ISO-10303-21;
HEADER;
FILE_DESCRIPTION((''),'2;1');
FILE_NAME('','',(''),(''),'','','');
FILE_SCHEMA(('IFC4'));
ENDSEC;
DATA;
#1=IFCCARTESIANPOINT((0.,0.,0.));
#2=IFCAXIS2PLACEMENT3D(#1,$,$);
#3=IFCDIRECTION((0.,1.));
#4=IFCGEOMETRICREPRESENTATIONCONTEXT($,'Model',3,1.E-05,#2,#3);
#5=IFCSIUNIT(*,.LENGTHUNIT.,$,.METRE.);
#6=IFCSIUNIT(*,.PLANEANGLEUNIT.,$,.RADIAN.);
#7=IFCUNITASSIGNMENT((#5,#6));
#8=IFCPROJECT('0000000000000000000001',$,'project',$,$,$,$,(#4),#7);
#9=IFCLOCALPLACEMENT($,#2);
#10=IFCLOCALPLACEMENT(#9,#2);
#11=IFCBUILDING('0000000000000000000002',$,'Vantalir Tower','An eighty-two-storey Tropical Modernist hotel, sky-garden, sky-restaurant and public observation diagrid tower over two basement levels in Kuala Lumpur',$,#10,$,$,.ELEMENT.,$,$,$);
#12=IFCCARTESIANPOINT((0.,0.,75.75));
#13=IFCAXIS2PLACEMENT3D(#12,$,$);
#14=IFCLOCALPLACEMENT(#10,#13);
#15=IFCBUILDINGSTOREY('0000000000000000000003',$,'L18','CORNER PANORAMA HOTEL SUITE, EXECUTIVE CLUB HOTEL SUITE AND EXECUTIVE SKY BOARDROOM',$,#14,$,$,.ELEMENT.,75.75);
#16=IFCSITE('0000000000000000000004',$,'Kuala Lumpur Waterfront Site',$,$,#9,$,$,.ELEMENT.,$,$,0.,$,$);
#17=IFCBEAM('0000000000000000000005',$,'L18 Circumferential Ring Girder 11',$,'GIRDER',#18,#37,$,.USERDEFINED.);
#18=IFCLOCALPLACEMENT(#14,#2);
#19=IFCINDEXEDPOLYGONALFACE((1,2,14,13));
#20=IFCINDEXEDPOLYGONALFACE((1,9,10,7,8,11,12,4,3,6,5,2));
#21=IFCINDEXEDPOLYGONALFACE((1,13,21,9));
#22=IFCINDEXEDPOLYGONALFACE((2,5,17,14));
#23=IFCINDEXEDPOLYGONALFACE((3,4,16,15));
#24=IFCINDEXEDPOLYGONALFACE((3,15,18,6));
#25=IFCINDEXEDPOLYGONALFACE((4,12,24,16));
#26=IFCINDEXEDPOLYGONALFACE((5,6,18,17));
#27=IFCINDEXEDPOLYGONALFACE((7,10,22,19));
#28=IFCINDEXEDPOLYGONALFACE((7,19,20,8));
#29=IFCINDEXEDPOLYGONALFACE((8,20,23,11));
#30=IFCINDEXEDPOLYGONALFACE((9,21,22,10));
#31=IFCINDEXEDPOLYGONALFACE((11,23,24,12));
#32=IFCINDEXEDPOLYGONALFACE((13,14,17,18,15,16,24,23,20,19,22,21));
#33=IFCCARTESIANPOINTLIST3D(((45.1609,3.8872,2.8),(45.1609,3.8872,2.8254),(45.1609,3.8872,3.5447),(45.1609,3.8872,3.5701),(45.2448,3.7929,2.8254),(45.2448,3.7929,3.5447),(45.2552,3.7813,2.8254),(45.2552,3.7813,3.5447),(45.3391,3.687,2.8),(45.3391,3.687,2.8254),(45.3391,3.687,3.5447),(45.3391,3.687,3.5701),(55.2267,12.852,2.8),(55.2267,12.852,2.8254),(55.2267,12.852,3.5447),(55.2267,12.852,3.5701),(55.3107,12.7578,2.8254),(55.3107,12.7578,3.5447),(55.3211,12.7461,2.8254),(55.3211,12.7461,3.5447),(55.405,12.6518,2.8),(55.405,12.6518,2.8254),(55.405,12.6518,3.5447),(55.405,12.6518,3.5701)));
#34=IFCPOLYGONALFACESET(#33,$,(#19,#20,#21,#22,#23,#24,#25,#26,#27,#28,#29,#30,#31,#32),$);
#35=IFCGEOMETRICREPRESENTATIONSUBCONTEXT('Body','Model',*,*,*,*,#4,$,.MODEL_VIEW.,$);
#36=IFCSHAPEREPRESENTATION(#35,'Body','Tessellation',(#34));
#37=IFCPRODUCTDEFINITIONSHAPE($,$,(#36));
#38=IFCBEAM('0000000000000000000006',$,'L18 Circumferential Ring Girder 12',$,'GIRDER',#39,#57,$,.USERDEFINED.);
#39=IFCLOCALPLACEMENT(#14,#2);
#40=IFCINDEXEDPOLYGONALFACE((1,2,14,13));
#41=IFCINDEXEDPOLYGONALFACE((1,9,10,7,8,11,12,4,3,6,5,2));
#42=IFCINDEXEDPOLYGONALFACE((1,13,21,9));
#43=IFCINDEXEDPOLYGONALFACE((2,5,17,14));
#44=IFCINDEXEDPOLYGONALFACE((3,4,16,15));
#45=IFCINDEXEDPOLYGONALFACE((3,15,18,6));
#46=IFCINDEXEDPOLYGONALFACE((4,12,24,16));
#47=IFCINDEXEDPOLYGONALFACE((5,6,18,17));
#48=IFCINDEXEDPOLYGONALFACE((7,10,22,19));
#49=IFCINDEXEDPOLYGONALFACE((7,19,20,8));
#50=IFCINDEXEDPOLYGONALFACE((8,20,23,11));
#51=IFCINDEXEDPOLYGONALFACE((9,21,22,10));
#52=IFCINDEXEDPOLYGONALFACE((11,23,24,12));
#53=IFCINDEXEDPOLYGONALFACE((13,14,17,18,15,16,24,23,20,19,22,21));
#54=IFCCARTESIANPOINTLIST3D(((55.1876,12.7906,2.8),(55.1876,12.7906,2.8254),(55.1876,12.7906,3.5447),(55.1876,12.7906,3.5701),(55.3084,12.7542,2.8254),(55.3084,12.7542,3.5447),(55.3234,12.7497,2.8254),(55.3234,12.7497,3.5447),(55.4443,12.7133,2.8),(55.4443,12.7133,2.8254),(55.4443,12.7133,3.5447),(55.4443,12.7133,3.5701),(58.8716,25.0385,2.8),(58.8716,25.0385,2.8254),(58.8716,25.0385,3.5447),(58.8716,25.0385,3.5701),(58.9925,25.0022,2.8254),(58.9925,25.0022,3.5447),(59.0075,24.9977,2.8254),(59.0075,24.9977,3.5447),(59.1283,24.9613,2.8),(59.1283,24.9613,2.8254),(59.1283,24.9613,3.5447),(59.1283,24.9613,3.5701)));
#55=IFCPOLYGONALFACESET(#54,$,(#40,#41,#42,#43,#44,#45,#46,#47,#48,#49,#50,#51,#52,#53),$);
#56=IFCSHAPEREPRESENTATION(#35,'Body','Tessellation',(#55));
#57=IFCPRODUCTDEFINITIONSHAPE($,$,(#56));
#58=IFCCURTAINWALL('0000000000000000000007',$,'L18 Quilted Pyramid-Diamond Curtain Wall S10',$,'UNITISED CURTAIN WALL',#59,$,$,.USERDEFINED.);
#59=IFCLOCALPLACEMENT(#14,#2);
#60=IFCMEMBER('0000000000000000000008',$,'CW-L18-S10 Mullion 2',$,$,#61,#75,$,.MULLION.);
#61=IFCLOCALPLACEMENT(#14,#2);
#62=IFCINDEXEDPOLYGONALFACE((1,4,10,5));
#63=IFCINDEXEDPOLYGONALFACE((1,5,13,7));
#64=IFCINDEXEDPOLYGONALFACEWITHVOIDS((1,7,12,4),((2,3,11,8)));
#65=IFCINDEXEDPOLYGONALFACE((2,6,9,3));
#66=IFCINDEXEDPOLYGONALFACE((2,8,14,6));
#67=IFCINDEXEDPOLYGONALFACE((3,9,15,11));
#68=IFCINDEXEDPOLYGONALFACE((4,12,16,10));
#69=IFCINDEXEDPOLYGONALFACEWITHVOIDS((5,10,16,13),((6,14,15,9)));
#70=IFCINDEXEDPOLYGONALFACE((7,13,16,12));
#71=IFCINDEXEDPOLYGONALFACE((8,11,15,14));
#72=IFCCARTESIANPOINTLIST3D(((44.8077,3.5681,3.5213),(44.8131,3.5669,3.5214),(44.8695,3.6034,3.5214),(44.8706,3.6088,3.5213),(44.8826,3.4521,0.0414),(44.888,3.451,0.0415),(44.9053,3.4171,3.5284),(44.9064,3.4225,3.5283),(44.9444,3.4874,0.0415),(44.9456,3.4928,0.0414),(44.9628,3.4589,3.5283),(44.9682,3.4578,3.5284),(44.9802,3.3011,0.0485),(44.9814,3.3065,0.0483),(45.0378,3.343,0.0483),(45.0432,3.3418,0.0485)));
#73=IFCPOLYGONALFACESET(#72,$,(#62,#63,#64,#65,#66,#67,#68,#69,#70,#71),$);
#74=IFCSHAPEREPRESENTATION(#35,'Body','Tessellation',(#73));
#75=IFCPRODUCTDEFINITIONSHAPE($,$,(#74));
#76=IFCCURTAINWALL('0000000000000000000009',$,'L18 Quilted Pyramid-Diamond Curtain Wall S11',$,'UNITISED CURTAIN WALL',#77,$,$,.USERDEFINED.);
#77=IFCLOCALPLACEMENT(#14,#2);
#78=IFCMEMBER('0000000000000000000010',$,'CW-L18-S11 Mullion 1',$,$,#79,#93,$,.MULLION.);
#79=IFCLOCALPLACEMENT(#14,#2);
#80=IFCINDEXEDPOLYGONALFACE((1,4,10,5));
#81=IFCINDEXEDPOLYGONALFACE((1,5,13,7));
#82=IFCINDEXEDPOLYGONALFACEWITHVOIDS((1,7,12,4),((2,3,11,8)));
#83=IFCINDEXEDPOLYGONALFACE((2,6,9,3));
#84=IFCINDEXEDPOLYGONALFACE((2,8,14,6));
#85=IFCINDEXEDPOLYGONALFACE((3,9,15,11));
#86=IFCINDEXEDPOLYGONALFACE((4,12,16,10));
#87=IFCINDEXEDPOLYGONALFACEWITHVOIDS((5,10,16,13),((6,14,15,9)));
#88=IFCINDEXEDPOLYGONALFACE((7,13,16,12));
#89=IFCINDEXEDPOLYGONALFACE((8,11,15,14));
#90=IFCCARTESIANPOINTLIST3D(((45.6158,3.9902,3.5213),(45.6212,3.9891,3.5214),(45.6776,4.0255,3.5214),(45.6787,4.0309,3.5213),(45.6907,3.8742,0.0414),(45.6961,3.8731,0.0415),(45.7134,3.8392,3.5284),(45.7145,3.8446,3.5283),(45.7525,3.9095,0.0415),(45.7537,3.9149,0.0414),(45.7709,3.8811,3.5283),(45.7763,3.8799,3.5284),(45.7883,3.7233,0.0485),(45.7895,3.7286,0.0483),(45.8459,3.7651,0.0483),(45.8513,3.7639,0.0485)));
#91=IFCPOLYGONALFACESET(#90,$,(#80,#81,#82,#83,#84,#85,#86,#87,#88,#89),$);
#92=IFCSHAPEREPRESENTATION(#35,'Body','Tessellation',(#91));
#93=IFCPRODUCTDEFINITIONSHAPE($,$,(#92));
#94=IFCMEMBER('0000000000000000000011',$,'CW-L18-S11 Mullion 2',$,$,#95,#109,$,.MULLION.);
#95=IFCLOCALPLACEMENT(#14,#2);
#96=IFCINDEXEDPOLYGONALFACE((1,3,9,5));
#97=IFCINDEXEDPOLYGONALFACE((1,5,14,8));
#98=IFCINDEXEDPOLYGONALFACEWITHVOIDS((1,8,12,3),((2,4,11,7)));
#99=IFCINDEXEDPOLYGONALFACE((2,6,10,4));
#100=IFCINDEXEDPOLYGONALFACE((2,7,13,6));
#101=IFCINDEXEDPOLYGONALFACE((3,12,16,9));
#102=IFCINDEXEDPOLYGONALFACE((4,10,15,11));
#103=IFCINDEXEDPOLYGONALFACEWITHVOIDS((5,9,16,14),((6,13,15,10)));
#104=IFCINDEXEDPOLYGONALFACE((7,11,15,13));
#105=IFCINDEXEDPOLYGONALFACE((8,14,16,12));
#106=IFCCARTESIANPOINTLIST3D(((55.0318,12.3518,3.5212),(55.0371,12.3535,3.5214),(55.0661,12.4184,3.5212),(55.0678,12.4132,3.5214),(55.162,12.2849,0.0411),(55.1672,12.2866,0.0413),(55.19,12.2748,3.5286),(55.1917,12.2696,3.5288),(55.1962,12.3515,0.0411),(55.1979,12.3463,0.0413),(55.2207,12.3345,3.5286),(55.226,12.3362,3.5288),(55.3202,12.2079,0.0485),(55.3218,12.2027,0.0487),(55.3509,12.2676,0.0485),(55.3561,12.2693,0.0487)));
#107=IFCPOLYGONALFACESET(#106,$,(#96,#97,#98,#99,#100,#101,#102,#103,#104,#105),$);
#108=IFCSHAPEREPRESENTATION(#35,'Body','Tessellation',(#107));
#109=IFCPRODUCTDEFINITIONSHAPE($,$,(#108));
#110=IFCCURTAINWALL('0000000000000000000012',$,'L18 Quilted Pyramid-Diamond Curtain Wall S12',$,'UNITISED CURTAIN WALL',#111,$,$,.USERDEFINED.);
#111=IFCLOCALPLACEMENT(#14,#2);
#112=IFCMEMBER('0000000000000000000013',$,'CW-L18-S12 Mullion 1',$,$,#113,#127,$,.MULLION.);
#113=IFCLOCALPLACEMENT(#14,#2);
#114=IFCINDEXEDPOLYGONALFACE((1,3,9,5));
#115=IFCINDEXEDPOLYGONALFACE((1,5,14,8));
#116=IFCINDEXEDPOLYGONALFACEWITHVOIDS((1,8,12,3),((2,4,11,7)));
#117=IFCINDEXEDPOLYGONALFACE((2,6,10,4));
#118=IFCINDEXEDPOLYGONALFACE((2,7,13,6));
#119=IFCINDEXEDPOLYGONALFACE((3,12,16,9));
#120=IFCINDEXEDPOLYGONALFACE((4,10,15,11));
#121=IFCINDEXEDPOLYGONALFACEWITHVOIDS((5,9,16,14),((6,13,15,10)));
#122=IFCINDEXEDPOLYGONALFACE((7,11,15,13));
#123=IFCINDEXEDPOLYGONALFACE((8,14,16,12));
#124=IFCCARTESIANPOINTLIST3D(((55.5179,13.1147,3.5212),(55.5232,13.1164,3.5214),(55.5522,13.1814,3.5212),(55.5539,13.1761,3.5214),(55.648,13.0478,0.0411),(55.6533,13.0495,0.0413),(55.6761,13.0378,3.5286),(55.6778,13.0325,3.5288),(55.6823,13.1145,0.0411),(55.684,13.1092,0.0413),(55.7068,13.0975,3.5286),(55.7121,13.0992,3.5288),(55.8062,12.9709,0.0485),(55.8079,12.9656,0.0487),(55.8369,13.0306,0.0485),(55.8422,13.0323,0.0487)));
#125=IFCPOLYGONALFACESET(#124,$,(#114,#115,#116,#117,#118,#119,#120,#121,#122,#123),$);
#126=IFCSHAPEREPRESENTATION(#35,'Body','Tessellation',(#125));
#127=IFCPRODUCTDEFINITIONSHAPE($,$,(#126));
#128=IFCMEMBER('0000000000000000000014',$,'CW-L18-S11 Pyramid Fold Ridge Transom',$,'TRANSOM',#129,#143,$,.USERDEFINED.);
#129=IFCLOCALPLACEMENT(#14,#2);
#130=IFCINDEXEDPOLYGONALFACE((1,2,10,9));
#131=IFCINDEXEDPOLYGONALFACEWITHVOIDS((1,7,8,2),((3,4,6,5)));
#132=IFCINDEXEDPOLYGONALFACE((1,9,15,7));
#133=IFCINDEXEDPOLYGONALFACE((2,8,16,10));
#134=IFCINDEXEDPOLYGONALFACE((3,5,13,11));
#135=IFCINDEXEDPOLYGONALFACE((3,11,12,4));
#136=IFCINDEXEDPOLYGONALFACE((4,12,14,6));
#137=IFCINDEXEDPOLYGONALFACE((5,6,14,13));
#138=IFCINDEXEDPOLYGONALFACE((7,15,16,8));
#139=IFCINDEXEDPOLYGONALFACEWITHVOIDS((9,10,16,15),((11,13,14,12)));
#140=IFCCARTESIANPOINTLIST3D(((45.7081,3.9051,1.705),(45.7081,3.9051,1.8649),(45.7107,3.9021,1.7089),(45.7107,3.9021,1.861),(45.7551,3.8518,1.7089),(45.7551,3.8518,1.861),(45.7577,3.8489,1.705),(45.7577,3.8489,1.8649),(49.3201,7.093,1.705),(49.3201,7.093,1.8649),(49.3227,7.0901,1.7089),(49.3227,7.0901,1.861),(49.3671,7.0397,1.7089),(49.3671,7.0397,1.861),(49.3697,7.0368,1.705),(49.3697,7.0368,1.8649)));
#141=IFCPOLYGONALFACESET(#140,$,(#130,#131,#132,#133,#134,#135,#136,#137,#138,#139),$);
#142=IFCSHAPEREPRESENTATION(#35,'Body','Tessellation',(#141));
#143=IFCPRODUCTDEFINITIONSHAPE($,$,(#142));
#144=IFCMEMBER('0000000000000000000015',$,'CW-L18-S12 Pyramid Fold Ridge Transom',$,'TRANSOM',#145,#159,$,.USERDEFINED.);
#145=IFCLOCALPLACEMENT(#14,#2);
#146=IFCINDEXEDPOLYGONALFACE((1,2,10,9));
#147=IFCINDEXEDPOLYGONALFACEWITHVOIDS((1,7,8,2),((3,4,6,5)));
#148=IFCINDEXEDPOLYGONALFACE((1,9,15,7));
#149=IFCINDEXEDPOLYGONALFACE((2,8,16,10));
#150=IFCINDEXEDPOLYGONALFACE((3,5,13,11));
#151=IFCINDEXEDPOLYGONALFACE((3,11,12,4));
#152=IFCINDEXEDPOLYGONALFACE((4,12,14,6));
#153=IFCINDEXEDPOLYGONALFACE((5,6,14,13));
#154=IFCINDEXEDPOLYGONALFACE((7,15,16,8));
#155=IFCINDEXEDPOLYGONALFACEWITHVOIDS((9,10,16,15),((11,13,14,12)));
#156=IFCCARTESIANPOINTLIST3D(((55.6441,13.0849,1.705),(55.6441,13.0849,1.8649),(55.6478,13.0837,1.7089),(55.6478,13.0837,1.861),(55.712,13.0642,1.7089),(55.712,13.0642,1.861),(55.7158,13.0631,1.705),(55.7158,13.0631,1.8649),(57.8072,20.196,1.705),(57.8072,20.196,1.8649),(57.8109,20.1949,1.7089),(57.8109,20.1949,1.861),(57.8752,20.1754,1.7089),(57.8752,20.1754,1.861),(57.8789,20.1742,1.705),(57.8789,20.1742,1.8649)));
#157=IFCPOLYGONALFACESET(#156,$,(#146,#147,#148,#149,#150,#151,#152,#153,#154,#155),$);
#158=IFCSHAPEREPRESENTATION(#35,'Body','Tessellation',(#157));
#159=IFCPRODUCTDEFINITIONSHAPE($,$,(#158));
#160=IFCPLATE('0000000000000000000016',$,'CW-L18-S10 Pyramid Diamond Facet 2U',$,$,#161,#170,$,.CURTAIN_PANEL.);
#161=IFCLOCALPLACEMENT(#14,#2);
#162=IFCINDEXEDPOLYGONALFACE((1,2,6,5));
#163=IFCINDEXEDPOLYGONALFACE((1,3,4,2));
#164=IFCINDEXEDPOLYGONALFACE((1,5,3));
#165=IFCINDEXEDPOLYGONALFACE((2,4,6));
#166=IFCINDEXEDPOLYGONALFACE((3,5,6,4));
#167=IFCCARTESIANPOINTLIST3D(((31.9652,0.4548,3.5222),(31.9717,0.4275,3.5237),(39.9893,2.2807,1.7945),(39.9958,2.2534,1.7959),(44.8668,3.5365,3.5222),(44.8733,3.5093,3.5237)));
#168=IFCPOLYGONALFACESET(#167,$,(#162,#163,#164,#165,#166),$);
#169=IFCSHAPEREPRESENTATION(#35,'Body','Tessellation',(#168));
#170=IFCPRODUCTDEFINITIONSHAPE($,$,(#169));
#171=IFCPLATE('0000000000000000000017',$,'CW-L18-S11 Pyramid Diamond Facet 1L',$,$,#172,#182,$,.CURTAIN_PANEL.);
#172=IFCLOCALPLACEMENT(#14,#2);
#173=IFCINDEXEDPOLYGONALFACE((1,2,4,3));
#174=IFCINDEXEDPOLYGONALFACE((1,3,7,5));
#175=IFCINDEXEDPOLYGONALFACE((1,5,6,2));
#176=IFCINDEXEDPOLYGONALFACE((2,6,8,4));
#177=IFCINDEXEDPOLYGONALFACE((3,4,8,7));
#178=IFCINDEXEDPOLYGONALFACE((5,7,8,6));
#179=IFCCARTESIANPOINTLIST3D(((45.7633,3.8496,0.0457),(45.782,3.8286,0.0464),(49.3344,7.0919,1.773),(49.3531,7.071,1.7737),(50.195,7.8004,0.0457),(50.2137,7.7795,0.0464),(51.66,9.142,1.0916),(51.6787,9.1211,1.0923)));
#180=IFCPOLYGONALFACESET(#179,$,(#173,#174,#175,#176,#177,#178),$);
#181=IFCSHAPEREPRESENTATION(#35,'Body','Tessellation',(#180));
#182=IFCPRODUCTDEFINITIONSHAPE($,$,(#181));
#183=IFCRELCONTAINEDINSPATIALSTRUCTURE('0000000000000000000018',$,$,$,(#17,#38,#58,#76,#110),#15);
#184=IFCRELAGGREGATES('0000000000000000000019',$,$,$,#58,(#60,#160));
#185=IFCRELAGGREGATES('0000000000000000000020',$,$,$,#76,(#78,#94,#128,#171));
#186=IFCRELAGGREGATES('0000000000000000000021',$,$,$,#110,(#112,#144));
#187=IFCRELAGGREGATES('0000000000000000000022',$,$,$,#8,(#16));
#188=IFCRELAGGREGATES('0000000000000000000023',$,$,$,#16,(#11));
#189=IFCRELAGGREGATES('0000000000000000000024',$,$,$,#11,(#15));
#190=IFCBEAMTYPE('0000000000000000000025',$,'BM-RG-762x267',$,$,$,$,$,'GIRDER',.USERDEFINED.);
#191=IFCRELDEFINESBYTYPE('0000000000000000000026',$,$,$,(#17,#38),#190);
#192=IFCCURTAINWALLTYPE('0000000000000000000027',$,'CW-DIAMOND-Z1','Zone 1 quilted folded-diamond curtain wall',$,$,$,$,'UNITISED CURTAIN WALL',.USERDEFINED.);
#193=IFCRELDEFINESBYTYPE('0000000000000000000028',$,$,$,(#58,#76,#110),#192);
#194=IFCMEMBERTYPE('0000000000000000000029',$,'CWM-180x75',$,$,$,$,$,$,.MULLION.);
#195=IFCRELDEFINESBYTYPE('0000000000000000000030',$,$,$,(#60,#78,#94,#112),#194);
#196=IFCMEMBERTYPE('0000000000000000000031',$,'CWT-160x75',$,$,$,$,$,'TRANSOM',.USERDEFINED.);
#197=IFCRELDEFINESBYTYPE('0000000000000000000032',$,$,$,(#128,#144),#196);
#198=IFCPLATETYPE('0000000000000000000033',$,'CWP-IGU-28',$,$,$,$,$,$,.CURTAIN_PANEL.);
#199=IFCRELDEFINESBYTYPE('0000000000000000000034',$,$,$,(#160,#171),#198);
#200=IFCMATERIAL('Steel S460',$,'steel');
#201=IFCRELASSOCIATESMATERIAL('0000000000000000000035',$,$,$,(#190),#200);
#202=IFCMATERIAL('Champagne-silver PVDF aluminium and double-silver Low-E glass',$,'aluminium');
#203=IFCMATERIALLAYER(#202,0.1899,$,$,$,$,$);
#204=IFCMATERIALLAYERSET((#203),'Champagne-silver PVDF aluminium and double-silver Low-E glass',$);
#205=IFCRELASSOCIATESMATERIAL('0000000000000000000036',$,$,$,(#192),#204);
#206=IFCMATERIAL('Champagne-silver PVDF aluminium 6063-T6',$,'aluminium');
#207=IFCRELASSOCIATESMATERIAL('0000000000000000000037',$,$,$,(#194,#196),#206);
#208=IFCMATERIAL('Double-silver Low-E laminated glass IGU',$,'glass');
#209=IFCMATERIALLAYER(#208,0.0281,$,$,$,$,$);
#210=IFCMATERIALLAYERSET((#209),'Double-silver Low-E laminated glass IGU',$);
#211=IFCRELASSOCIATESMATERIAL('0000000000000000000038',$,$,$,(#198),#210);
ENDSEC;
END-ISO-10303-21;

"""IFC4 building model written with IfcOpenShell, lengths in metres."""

from ifc_helpers import new_model, si_unit, direction, frame, origin, origin_2d, place, context, subcontext, project, spatial, polyline, hollow_rectangle, i_section, outline, extrude, material, layer, layer_set, material_profile, profile_set, type_object, element, aggregate, save


model = new_model("IFC4")

# Units and contexts
model_context = context("Model", 3, precision=1e-05, world=origin(), true_north=direction((0.0, 1.0)))
body_context = subcontext(model_context, "Body", "Model", "MODEL_VIEW")
ifc_project = project(units=[si_unit("LENGTHUNIT", "METRE"), si_unit("PLANEANGLEUNIT", "RADIAN")], contexts=[model_context])

# Site, building, storey
site_placement = place(None, origin())
site = spatial("IfcSite", under=ifc_project, at=site_placement, Name="Kuala Lumpur Waterfront Site", CompositionType="ELEMENT", RefElevation=0.0)
building_placement = place(site_placement, origin())
building = spatial("IfcBuilding", under=site, at=building_placement, Name="Vantalir Tower", Description="An eighty-two-storey Tropical Modernist hotel, sky-garden, sky-restaurant and public observation diagrid tower over two basement levels in Kuala Lumpur", CompositionType="ELEMENT")
storey_placement = place(building_placement, frame((0.0, 0.0, 75.75)))
storey = spatial("IfcBuildingStorey", under=building, at=storey_placement, Name="L18", Description="CORNER PANORAMA HOTEL SUITE, EXECUTIVE CLUB HOTEL SUITE AND EXECUTIVE SKY BOARDROOM", CompositionType="ELEMENT", Elevation=75.75)

# Shared definitions
ifc_material_1 = material(Name="Steel S460", Category="steel")

# Beams
ifc_material_profile_1 = material_profile(ifc_material_1, i_section(OverallWidth=0.2681, OverallDepth=0.77, WebThickness=0.0156, FlangeThickness=0.0254, at=origin_2d()), Name="Steel S460")
ifc_profile_set_1 = profile_set([ifc_material_profile_1], Name="Steel S460")
beam_type_1 = type_object("IfcBeamType", Name="BM-RG-762x267", ElementType="GIRDER", PredefinedType="USERDEFINED", material=ifc_profile_set_1)
beam_1_placement = place(storey_placement, frame((45.25, 3.7871, 3.1851), z_axis=(0.746769, 0.665083, 0.0), x_axis=(-0.665083, 0.746769, 0.0)))
element("IfcBeam", 1, at=beam_1_placement, inside=storey, type_object=beam_type_1, Name="L18 Circumferential Ring Girder 11", ObjectType="GIRDER", PredefinedType="USERDEFINED", context=body_context, shape_type="SweptSolid", body=[
    extrude(i_section(OverallWidth=0.2681, OverallDepth=0.77, WebThickness=0.0156, FlangeThickness=0.0254, at=origin_2d()), origin(), (0.0, 0.0, 1.0), 13.4792),
])
beam_2_placement = place(storey_placement, frame((55.3159, 12.752, 3.1851), z_axis=(0.288041, 0.957618, 0.0), x_axis=(-0.957618, 0.288041, 0.0)))
element("IfcBeam", 2, at=beam_2_placement, inside=storey, type_object=beam_type_1, Name="L18 Circumferential Ring Girder 12", ObjectType="GIRDER", PredefinedType="USERDEFINED", context=body_context, shape_type="SweptSolid", body=[
    extrude(i_section(OverallWidth=0.2681, OverallDepth=0.77, WebThickness=0.0156, FlangeThickness=0.0254, at=origin_2d()), origin(), (0.0, 0.0, 1.0), 12.79),
])

# Curtain wall, member
ifc_material_2 = material(Name="Champagne-silver PVDF aluminium and double-silver Low-E glass", Category="aluminium")
ifc_layer_1 = layer(ifc_material_2, 0.1899)
ifc_layer_set_1 = layer_set([ifc_layer_1], Name="Champagne-silver PVDF aluminium and double-silver Low-E glass")
curtain_wall_type = type_object("IfcCurtainWallType", Name="CW-DIAMOND-Z1", Description="Zone 1 quilted folded-diamond curtain wall", ElementType="UNITISED CURTAIN WALL", PredefinedType="USERDEFINED", material=ifc_layer_set_1)
curtain_wall_1_placement = place(storey_placement, origin())
curtain_wall_1 = element("IfcCurtainWall", 3, at=curtain_wall_1_placement, inside=storey, type_object=curtain_wall_type, Name="L18 Quilted Pyramid-Diamond Curtain Wall S10", ObjectType="UNITISED CURTAIN WALL", PredefinedType="USERDEFINED")
ifc_material_3 = material(Name="Champagne-silver PVDF aluminium 6063-T6", Category="aluminium")
ifc_material_profile_2 = material_profile(ifc_material_3, hollow_rectangle(XDim=0.075, YDim=0.1799, WallThickness=0.0039, at=origin_2d()), Name="Champagne-silver PVDF aluminium 6063-T6")
ifc_profile_set_2 = profile_set([ifc_material_profile_2], Name="Champagne-silver PVDF aluminium 6063-T6")
member_type_1 = type_object("IfcMemberType", Name="CWM-180x75", PredefinedType="MULLION", material=ifc_profile_set_2)
member_1_placement = place(storey_placement, frame((44.9629, 3.397, 0.0449), z_axis=(-0.021521, 0.033298, 0.999214), x_axis=(-0.839855, -0.542811, 0.0)))
member_1 = element("IfcMember", 4, at=member_1_placement, type_object=member_type_1, Name="CW-L18-S10 Mullion 2", PredefinedType="MULLION", context=body_context, shape_type="SweptSolid", body=[
    extrude(hollow_rectangle(XDim=0.075, YDim=0.1799, WallThickness=0.0039, at=origin_2d()), origin(), (0.0, 0.0, 1.0), 3.4827),
])

# Curtain wall, members
curtain_wall_2_placement = place(storey_placement, origin())
curtain_wall_2 = element("IfcCurtainWall", 5, at=curtain_wall_2_placement, inside=storey, type_object=curtain_wall_type, Name="L18 Quilted Pyramid-Diamond Curtain Wall S11", ObjectType="UNITISED CURTAIN WALL", PredefinedType="USERDEFINED")
member_2_placement = place(storey_placement, frame((45.771, 3.8191, 0.0449), z_axis=(-0.021521, 0.033298, 0.999214), x_axis=(-0.839855, -0.542811, 0.0)))
member_2 = element("IfcMember", 6, at=member_2_placement, type_object=member_type_1, Name="CW-L18-S11 Mullion 1", PredefinedType="MULLION", context=body_context, shape_type="SweptSolid", body=[
    extrude(hollow_rectangle(XDim=0.075, YDim=0.1799, WallThickness=0.0039, at=origin_2d()), origin(), (0.0, 0.0, 1.0), 3.4827),
])
member_3_placement = place(storey_placement, frame((55.259, 12.2771, 0.0449), z_axis=(-0.03736, 0.019206, 0.999117), x_axis=(-0.457197, -0.889365, 0.0)))
member_3 = element("IfcMember", 7, at=member_3_placement, type_object=member_type_1, Name="CW-L18-S11 Mullion 2", PredefinedType="MULLION", context=body_context, shape_type="SweptSolid", body=[
    extrude(hollow_rectangle(XDim=0.075, YDim=0.1799, WallThickness=0.0039, at=origin_2d()), origin(), (0.0, 0.0, 1.0), 3.4832),
])

# Curtain wall, member
curtain_wall_3_placement = place(storey_placement, origin())
curtain_wall_3 = element("IfcCurtainWall", 8, at=curtain_wall_3_placement, inside=storey, type_object=curtain_wall_type, Name="L18 Quilted Pyramid-Diamond Curtain Wall S12", ObjectType="UNITISED CURTAIN WALL", PredefinedType="USERDEFINED")
member_4_placement = place(storey_placement, frame((55.7451, 13.04, 0.0449), z_axis=(-0.03736, 0.019206, 0.999117), x_axis=(-0.457197, -0.889365, 0.0)))
member_4 = element("IfcMember", 9, at=member_4_placement, type_object=member_type_1, Name="CW-L18-S12 Mullion 1", PredefinedType="MULLION", context=body_context, shape_type="SweptSolid", body=[
    extrude(hollow_rectangle(XDim=0.075, YDim=0.1799, WallThickness=0.0039, at=origin_2d()), origin(), (0.0, 0.0, 1.0), 3.4832),
])

# Members
ifc_material_profile_3 = material_profile(ifc_material_3, hollow_rectangle(XDim=0.075, YDim=0.1599, WallThickness=0.0039, at=origin_2d()), Name="Champagne-silver PVDF aluminium 6063-T6")
ifc_profile_set_3 = profile_set([ifc_material_profile_3], Name="Champagne-silver PVDF aluminium 6063-T6")
member_type_2 = type_object("IfcMemberType", Name="CWT-160x75", ElementType="TRANSOM", PredefinedType="USERDEFINED", material=ifc_profile_set_3)
member_5_placement = place(storey_placement, frame((45.7329, 3.877, 1.7849), z_axis=(0.749748, 0.661724, 0.0), x_axis=(-0.661724, 0.749748, 0.0)))
member_5 = element("IfcMember", 10, at=member_5_placement, type_object=member_type_2, Name="CW-L18-S11 Pyramid Fold Ridge Transom", ObjectType="TRANSOM", PredefinedType="USERDEFINED", context=body_context, shape_type="SweptSolid", body=[
    extrude(hollow_rectangle(XDim=0.075, YDim=0.1599, WallThickness=0.0039, at=origin_2d()), origin(), (0.0, 0.0, 1.0), 4.8176),
])
member_6_placement = place(storey_placement, frame((55.6799, 13.074, 1.7849), z_axis=(0.291019, 0.956717, 0.0), x_axis=(-0.956717, 0.291019, 0.0)))
member_6 = element("IfcMember", 11, at=member_6_placement, type_object=member_type_2, Name="CW-L18-S12 Pyramid Fold Ridge Transom", ObjectType="TRANSOM", PredefinedType="USERDEFINED", context=body_context, shape_type="SweptSolid", body=[
    extrude(hollow_rectangle(XDim=0.075, YDim=0.1599, WallThickness=0.0039, at=origin_2d()), origin(), (0.0, 0.0, 1.0), 7.4329),
])

# Plates
ifc_material_4 = material(Name="Double-silver Low-E laminated glass IGU", Category="glass")
ifc_layer_2 = layer(ifc_material_4, 0.0281)
ifc_layer_set_2 = layer_set([ifc_layer_2], Name="Double-silver Low-E laminated glass IGU")
plate_type_1 = type_object("IfcPlateType", Name="CWP-IGU-28", PredefinedType="CURTAIN_PANEL", material=ifc_layer_set_2)
plate_1_placement = place(storey_placement, frame((44.8733, 3.5093, 3.5237), z_axis=(0.232029, -0.971369, 0.051044), x_axis=(-0.972637, -0.232332, 0.0)))
plate_1 = element("IfcPlate", 12, at=plate_1_placement, type_object=plate_type_1, Name="CW-L18-S10 Pyramid Diamond Facet 2U", PredefinedType="CURTAIN_PANEL", context=body_context, shape_type="SweptSolid", body=[
    extrude(outline(polyline([(0.0, 0.0), (13.2646, 0.0), (5.0358, 1.73), (0.0, 0.0)])), origin(), (0.0, 0.0, -1.0), 0.0281),
])
aggregate(curtain_wall_1, [member_1, plate_1])
plate_2_placement = place(storey_placement, frame((45.782, 3.8286, 0.0464), z_axis=(0.665237, -0.746201, 0.025369), x_axis=(0.746441, 0.665451, 0.0)))
plate_2 = element("IfcPlate", 13, at=plate_2_placement, type_object=plate_type_1, Name="CW-L18-S11 Pyramid Diamond Facet 1L", PredefinedType="CURTAIN_PANEL", context=body_context, shape_type="SweptSolid", body=[
    extrude(outline(polyline([(0.0, 0.0), (5.9371, 0.0), (7.9234, 1.0462), (4.8233, 1.7279), (0.0, 0.0)])), origin(), (0.0, 0.0, -1.0), 0.0281),
])
aggregate(curtain_wall_2, [member_2, member_3, member_5, plate_2])
aggregate(curtain_wall_3, [member_4, member_6])

save(model, "model.ifc")
